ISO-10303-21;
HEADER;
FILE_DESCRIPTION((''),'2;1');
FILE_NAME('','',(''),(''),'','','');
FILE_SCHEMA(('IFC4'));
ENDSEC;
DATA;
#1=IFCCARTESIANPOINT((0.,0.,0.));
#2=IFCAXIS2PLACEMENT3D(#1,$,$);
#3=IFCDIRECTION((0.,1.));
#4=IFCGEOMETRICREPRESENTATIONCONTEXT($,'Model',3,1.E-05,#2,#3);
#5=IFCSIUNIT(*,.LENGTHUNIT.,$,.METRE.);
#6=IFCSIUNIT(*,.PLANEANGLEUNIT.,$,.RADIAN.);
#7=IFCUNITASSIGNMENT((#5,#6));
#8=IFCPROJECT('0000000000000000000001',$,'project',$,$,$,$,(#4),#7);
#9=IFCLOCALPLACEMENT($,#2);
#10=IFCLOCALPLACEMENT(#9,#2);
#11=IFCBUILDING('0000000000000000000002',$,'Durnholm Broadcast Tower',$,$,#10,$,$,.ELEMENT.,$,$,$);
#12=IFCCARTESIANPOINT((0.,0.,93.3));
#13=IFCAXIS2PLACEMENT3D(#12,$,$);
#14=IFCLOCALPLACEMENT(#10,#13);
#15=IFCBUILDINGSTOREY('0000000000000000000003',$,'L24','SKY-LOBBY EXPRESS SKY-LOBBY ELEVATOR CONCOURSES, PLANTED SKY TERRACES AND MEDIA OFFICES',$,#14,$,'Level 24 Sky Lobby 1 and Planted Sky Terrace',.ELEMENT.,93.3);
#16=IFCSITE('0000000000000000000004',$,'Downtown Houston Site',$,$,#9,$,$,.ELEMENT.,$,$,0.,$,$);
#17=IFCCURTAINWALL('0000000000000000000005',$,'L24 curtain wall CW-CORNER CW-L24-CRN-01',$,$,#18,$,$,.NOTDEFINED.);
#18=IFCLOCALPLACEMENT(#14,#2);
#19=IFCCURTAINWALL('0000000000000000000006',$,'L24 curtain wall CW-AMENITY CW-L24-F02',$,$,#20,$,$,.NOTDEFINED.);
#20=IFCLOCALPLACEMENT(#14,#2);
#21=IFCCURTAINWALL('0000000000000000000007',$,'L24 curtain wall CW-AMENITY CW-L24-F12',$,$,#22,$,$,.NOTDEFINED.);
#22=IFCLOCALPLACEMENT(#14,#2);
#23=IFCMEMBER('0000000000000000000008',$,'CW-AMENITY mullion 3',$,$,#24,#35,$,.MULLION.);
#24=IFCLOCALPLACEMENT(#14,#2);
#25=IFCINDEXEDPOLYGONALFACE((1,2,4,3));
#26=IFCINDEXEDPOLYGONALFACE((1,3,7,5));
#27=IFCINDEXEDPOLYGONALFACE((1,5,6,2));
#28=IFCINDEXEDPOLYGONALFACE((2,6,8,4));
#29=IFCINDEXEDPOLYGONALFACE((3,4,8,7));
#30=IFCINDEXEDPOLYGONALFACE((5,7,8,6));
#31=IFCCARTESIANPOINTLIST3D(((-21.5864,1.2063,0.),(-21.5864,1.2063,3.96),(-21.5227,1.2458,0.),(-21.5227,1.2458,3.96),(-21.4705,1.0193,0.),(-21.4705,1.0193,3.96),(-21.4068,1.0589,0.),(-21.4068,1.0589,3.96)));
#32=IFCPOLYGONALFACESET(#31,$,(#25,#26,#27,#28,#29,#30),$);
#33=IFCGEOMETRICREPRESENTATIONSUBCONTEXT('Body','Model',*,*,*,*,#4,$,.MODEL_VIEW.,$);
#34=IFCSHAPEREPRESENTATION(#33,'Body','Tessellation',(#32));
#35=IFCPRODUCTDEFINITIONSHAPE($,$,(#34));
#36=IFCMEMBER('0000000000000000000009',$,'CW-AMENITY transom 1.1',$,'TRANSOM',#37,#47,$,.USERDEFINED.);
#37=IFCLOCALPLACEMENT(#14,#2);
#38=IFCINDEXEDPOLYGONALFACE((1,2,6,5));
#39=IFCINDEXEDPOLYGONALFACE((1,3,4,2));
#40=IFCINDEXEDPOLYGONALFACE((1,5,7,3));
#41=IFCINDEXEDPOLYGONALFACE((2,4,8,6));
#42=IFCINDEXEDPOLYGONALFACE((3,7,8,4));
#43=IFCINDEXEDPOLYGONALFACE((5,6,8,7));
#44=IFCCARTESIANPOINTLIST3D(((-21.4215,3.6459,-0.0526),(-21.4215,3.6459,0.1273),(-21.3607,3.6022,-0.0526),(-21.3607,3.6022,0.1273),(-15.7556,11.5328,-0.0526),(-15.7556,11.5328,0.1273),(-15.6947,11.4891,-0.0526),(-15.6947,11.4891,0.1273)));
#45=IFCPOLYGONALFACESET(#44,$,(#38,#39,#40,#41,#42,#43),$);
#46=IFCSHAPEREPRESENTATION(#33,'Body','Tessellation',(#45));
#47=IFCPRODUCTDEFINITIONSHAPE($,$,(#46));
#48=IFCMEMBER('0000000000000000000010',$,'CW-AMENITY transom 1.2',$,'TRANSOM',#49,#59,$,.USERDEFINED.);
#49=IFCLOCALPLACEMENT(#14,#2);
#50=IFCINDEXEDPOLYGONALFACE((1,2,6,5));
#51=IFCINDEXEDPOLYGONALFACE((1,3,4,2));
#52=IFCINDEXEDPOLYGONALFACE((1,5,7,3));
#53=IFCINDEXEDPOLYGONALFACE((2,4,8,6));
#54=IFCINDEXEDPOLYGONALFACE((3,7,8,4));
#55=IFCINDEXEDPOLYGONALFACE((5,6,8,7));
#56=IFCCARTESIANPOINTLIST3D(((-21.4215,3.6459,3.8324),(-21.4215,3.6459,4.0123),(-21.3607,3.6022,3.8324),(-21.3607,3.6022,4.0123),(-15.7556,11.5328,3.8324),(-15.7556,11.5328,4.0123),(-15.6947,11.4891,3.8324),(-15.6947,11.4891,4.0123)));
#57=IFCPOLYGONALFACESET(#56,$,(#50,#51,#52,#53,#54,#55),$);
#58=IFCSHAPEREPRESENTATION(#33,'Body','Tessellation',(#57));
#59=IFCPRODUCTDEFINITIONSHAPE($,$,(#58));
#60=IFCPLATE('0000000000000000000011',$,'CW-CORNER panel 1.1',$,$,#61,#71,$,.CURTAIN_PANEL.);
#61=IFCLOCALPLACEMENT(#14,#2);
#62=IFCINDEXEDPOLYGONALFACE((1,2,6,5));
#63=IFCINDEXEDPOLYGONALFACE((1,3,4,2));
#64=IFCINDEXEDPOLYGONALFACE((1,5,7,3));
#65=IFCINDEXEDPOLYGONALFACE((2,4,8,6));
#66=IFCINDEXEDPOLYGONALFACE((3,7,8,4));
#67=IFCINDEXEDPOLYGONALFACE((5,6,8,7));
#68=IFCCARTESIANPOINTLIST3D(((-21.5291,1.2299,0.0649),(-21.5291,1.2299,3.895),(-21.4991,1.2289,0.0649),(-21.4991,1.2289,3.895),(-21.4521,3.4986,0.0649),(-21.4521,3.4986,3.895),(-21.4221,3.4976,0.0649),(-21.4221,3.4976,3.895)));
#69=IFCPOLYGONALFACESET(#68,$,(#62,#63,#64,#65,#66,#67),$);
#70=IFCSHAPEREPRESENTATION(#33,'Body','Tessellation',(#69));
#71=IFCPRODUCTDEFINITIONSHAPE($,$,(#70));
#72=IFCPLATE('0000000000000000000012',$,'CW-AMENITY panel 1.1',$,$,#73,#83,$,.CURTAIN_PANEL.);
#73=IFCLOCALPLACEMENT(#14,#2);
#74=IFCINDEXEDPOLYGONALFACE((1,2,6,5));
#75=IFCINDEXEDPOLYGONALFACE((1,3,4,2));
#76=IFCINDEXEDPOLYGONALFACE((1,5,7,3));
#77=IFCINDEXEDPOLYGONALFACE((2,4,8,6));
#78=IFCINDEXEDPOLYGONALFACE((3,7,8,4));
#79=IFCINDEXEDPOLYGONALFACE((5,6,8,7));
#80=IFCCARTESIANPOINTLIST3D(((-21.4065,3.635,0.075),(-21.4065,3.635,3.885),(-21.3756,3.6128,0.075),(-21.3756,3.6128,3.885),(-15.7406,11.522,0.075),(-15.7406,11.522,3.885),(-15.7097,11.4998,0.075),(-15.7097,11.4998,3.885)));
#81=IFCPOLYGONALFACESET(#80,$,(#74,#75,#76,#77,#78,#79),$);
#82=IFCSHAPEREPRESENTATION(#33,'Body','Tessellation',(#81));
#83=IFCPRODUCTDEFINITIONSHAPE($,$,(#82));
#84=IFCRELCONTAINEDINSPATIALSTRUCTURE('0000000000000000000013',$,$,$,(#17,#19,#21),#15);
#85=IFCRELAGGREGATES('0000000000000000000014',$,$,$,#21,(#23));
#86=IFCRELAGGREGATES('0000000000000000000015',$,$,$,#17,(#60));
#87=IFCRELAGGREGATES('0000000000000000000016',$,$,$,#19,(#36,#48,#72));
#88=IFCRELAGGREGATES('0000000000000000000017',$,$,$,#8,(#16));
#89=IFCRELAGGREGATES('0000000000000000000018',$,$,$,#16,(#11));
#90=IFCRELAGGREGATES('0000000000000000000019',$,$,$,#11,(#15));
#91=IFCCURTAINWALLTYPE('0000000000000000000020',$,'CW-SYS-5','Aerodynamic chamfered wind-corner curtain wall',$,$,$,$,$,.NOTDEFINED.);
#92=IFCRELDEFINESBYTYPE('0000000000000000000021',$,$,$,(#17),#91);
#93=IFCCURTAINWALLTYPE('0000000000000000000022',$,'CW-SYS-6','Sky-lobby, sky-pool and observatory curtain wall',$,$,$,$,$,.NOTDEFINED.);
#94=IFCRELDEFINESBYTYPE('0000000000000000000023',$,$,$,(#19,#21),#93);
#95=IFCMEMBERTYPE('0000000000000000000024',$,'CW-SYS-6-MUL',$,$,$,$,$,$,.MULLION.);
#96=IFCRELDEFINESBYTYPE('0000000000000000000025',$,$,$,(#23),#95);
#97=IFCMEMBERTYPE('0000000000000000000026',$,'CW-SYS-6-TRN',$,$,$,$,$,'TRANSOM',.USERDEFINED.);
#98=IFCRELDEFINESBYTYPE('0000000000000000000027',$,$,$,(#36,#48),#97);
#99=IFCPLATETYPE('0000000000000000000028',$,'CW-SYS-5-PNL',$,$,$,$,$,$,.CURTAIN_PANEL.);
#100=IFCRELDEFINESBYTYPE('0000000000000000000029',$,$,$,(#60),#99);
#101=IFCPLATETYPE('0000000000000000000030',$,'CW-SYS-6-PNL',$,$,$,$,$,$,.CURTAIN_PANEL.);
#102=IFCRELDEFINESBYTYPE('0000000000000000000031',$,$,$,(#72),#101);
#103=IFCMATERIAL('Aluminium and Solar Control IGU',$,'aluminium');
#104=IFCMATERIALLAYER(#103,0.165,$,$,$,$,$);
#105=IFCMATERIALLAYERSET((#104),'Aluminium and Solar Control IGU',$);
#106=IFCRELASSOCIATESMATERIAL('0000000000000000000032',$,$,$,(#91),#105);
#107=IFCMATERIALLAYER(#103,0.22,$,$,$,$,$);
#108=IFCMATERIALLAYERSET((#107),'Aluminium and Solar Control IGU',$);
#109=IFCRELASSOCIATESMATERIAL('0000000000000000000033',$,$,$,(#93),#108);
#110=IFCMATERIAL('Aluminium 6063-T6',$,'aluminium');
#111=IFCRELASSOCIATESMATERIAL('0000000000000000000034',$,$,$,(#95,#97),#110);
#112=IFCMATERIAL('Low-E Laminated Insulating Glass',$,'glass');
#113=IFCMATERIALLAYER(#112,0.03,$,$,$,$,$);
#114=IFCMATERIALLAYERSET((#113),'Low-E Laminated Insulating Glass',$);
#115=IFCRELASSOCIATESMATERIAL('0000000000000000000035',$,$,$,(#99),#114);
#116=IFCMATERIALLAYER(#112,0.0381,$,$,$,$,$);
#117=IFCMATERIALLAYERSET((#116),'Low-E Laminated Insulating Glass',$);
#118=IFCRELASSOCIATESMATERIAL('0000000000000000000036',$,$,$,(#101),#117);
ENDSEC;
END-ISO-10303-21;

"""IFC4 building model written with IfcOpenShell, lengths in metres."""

from ifc_helpers import new_model, si_unit, direction, frame, origin, origin_2d, place, context, subcontext, project, spatial, rectangle, extrude, source, transform, mapped, material, layer, layer_set, material_profile, profile_set, type_object, type_shapes, element, aggregate, save


model = new_model("IFC4")

# Units and contexts
model_context = context("Model", 3, precision=1e-05, world=origin(), true_north=direction((0.0, 1.0)))
body_context = subcontext(model_context, "Body", "Model", "MODEL_VIEW")
ifc_project = project(units=[si_unit("LENGTHUNIT", "METRE"), si_unit("PLANEANGLEUNIT", "RADIAN")], contexts=[model_context])

# Site, building, storey
site_placement = place(None, origin())
site = spatial("IfcSite", under=ifc_project, at=site_placement, Name="Downtown Houston Site", CompositionType="ELEMENT", RefElevation=0.0)
building_placement = place(site_placement, origin())
building = spatial("IfcBuilding", under=site, at=building_placement, Name="Durnholm Broadcast Tower", CompositionType="ELEMENT")
storey_placement = place(building_placement, frame((0.0, 0.0, 93.3)))
storey = spatial("IfcBuildingStorey", under=building, at=storey_placement, Name="L24", Description="SKY-LOBBY EXPRESS SKY-LOBBY ELEVATOR CONCOURSES, PLANTED SKY TERRACES AND MEDIA OFFICES", LongName="Level 24 Sky Lobby 1 and Planted Sky Terrace", CompositionType="ELEMENT", Elevation=93.3)

# Curtain wall
ifc_material_1 = material(Name="Aluminium and Solar Control IGU", Category="aluminium")
ifc_layer_1 = layer(ifc_material_1, 0.165)
ifc_layer_set_1 = layer_set([ifc_layer_1], Name="Aluminium and Solar Control IGU")
curtain_wall_type_1 = type_object("IfcCurtainWallType", Name="CW-SYS-5", Description="Aerodynamic chamfered wind-corner curtain wall", PredefinedType="NOTDEFINED", material=ifc_layer_set_1)
curtain_wall_1_placement = place(storey_placement, origin())
curtain_wall_1 = element("IfcCurtainWall", 1, at=curtain_wall_1_placement, inside=storey, type_object=curtain_wall_type_1, Name="L24 curtain wall CW-CORNER CW-L24-CRN-01", PredefinedType="NOTDEFINED")
ifc_material_2 = material(Name="Aluminium 6063-T6", Category="aluminium")

# Curtain walls, member
ifc_layer_2 = layer(ifc_material_1, 0.22)
ifc_layer_set_2 = layer_set([ifc_layer_2], Name="Aluminium and Solar Control IGU")
curtain_wall_type_2 = type_object("IfcCurtainWallType", Name="CW-SYS-6", Description="Sky-lobby, sky-pool and observatory curtain wall", PredefinedType="NOTDEFINED", material=ifc_layer_set_2)
curtain_wall_2_placement = place(storey_placement, origin())
curtain_wall_2 = element("IfcCurtainWall", 2, at=curtain_wall_2_placement, inside=storey, type_object=curtain_wall_type_2, Name="L24 curtain wall CW-AMENITY CW-L24-F02", PredefinedType="NOTDEFINED")
ifc_material_profile_1 = material_profile(ifc_material_2, rectangle(XDim=0.075, YDim=0.22, at=origin_2d()), Name="CWM75X220")
ifc_profile_set_1 = profile_set([ifc_material_profile_1], Name="Aluminium 6063-T6")
member_type_1 = type_object("IfcMemberType", Name="CW-SYS-6-MUL", PredefinedType="MULLION", material=ifc_profile_set_1)
shared_shape_1 = source(origin(), body_context, "Body", "SweptSolid", [
    extrude(rectangle(XDim=0.075, YDim=0.22, at=origin_2d()), origin(), (0.0, 0.0, 1.0), 3.96),
])
type_shapes(member_type_1, [shared_shape_1])
curtain_wall_3_placement = place(storey_placement, origin())
curtain_wall_3 = element("IfcCurtainWall", 3, at=curtain_wall_3_placement, inside=storey, type_object=curtain_wall_type_2, Name="L24 curtain wall CW-AMENITY CW-L24-F12", PredefinedType="NOTDEFINED")
member_1_placement = place(storey_placement, frame((-21.4966, 1.1326, 0.0), z_axis=(0.0, 0.0, 1.0), x_axis=(-0.8498, -0.527105, 0.0)))
member_1 = element("IfcMember", 4, at=member_1_placement, type_object=member_type_1, Name="CW-AMENITY mullion 3", PredefinedType="MULLION", context=body_context, shape_type="MappedRepresentation", body=[
    mapped(shared_shape_1, transform((0.0, 0.0, 0.0), x_axis=(1.0, 0.0, 0.0), y_axis=(0.0, 1.0, 0.0), z_axis=(0.0, 0.0, 1.0), scale=1.0)),
])
aggregate(curtain_wall_3, [member_1])

# Members
ifc_material_profile_2 = material_profile(ifc_material_2, rectangle(XDim=0.075, YDim=0.1799, at=origin_2d()), Name="CWT75X180")
ifc_profile_set_2 = profile_set([ifc_material_profile_2], Name="Aluminium 6063-T6")
member_type_2 = type_object("IfcMemberType", Name="CW-SYS-6-TRN", ElementType="TRANSOM", PredefinedType="USERDEFINED", material=ifc_profile_set_2)
shared_shape_2 = source(origin(), body_context, "Body", "SweptSolid", [
    extrude(rectangle(XDim=0.075, YDim=0.1799, at=origin_2d()), origin(), (0.0, 0.0, 1.0), 9.7112),
])
type_shapes(member_type_2, [shared_shape_2])
member_2_placement = place(storey_placement, frame((-21.3911, 3.624, 0.0374), z_axis=(0.58345, 0.812149, 0.0), x_axis=(-0.812149, 0.58345, 0.0)))
member_2 = element("IfcMember", 5, at=member_2_placement, type_object=member_type_2, Name="CW-AMENITY transom 1.1", ObjectType="TRANSOM", PredefinedType="USERDEFINED", context=body_context, shape_type="MappedRepresentation", body=[
    mapped(shared_shape_2, transform((0.0, 0.0, 0.0), x_axis=(1.0, 0.0, 0.0), y_axis=(0.0, 1.0, 0.0), z_axis=(0.0, 0.0, 1.0), scale=1.0)),
])
member_3_placement = place(storey_placement, frame((-21.3911, 3.624, 3.9224), z_axis=(0.58345, 0.812149, 0.0), x_axis=(-0.812149, 0.58345, 0.0)))
member_3 = element("IfcMember", 6, at=member_3_placement, type_object=member_type_2, Name="CW-AMENITY transom 1.2", ObjectType="TRANSOM", PredefinedType="USERDEFINED", context=body_context, shape_type="MappedRepresentation", body=[
    mapped(shared_shape_2, transform((0.0, 0.0, 0.0), x_axis=(1.0, 0.0, 0.0), y_axis=(0.0, 1.0, 0.0), z_axis=(0.0, 0.0, 1.0), scale=1.0)),
])

# Plates
ifc_material_3 = material(Name="Low-E Laminated Insulating Glass", Category="glass")
ifc_layer_3 = layer(ifc_material_3, 0.03)
ifc_layer_set_3 = layer_set([ifc_layer_3], Name="Low-E Laminated Insulating Glass")
plate_type_1 = type_object("IfcPlateType", Name="CW-SYS-5-PNL", PredefinedType="CURTAIN_PANEL", material=ifc_layer_set_3)
shared_shape_3 = source(origin(), body_context, "Body", "SweptSolid", [
    extrude(rectangle(XDim=2.27, YDim=0.03, at=origin_2d()), origin(), (0.0, 0.0, 1.0), 3.8301),
])
type_shapes(plate_type_1, [shared_shape_3])
plate_1_placement = place(storey_placement, frame((-21.4756, 2.3638, 0.0649), z_axis=(0.0, 0.0, 1.0), x_axis=(0.033917, 0.999425, 0.0)))
plate_1 = element("IfcPlate", 7, at=plate_1_placement, type_object=plate_type_1, Name="CW-CORNER panel 1.1", PredefinedType="CURTAIN_PANEL", context=body_context, shape_type="MappedRepresentation", body=[
    mapped(shared_shape_3, transform((0.0, 0.0, 0.0), x_axis=(1.0, 0.0, 0.0), y_axis=(0.0, 1.0, 0.0), z_axis=(0.0, 0.0, 1.0), scale=1.0)),
])
aggregate(curtain_wall_1, [plate_1])
ifc_layer_4 = layer(ifc_material_3, 0.0381)
ifc_layer_set_4 = layer_set([ifc_layer_4], Name="Low-E Laminated Insulating Glass")
plate_type_2 = type_object("IfcPlateType", Name="CW-SYS-6-PNL", PredefinedType="CURTAIN_PANEL", material=ifc_layer_set_4)
shared_shape_4 = source(origin(), body_context, "Body", "SweptSolid", [
    extrude(rectangle(XDim=9.7112, YDim=0.0381, at=origin_2d()), origin(), (0.0, 0.0, 1.0), 3.8101),
])
type_shapes(plate_type_2, [shared_shape_4])
plate_2_placement = place(storey_placement, frame((-18.5581, 7.5674, 0.075), z_axis=(0.0, 0.0, 1.0), x_axis=(0.583445, 0.812152, 0.0)))
plate_2 = element("IfcPlate", 8, at=plate_2_placement, type_object=plate_type_2, Name="CW-AMENITY panel 1.1", PredefinedType="CURTAIN_PANEL", context=body_context, shape_type="MappedRepresentation", body=[
    mapped(shared_shape_4, transform((0.0, 0.0, 0.0), x_axis=(1.0, 0.0, 0.0), y_axis=(0.0, 1.0, 0.0), z_axis=(0.0, 0.0, 1.0), scale=1.0)),
])
aggregate(curtain_wall_2, [member_2, member_3, plate_2])

save(model, "model.ifc")
